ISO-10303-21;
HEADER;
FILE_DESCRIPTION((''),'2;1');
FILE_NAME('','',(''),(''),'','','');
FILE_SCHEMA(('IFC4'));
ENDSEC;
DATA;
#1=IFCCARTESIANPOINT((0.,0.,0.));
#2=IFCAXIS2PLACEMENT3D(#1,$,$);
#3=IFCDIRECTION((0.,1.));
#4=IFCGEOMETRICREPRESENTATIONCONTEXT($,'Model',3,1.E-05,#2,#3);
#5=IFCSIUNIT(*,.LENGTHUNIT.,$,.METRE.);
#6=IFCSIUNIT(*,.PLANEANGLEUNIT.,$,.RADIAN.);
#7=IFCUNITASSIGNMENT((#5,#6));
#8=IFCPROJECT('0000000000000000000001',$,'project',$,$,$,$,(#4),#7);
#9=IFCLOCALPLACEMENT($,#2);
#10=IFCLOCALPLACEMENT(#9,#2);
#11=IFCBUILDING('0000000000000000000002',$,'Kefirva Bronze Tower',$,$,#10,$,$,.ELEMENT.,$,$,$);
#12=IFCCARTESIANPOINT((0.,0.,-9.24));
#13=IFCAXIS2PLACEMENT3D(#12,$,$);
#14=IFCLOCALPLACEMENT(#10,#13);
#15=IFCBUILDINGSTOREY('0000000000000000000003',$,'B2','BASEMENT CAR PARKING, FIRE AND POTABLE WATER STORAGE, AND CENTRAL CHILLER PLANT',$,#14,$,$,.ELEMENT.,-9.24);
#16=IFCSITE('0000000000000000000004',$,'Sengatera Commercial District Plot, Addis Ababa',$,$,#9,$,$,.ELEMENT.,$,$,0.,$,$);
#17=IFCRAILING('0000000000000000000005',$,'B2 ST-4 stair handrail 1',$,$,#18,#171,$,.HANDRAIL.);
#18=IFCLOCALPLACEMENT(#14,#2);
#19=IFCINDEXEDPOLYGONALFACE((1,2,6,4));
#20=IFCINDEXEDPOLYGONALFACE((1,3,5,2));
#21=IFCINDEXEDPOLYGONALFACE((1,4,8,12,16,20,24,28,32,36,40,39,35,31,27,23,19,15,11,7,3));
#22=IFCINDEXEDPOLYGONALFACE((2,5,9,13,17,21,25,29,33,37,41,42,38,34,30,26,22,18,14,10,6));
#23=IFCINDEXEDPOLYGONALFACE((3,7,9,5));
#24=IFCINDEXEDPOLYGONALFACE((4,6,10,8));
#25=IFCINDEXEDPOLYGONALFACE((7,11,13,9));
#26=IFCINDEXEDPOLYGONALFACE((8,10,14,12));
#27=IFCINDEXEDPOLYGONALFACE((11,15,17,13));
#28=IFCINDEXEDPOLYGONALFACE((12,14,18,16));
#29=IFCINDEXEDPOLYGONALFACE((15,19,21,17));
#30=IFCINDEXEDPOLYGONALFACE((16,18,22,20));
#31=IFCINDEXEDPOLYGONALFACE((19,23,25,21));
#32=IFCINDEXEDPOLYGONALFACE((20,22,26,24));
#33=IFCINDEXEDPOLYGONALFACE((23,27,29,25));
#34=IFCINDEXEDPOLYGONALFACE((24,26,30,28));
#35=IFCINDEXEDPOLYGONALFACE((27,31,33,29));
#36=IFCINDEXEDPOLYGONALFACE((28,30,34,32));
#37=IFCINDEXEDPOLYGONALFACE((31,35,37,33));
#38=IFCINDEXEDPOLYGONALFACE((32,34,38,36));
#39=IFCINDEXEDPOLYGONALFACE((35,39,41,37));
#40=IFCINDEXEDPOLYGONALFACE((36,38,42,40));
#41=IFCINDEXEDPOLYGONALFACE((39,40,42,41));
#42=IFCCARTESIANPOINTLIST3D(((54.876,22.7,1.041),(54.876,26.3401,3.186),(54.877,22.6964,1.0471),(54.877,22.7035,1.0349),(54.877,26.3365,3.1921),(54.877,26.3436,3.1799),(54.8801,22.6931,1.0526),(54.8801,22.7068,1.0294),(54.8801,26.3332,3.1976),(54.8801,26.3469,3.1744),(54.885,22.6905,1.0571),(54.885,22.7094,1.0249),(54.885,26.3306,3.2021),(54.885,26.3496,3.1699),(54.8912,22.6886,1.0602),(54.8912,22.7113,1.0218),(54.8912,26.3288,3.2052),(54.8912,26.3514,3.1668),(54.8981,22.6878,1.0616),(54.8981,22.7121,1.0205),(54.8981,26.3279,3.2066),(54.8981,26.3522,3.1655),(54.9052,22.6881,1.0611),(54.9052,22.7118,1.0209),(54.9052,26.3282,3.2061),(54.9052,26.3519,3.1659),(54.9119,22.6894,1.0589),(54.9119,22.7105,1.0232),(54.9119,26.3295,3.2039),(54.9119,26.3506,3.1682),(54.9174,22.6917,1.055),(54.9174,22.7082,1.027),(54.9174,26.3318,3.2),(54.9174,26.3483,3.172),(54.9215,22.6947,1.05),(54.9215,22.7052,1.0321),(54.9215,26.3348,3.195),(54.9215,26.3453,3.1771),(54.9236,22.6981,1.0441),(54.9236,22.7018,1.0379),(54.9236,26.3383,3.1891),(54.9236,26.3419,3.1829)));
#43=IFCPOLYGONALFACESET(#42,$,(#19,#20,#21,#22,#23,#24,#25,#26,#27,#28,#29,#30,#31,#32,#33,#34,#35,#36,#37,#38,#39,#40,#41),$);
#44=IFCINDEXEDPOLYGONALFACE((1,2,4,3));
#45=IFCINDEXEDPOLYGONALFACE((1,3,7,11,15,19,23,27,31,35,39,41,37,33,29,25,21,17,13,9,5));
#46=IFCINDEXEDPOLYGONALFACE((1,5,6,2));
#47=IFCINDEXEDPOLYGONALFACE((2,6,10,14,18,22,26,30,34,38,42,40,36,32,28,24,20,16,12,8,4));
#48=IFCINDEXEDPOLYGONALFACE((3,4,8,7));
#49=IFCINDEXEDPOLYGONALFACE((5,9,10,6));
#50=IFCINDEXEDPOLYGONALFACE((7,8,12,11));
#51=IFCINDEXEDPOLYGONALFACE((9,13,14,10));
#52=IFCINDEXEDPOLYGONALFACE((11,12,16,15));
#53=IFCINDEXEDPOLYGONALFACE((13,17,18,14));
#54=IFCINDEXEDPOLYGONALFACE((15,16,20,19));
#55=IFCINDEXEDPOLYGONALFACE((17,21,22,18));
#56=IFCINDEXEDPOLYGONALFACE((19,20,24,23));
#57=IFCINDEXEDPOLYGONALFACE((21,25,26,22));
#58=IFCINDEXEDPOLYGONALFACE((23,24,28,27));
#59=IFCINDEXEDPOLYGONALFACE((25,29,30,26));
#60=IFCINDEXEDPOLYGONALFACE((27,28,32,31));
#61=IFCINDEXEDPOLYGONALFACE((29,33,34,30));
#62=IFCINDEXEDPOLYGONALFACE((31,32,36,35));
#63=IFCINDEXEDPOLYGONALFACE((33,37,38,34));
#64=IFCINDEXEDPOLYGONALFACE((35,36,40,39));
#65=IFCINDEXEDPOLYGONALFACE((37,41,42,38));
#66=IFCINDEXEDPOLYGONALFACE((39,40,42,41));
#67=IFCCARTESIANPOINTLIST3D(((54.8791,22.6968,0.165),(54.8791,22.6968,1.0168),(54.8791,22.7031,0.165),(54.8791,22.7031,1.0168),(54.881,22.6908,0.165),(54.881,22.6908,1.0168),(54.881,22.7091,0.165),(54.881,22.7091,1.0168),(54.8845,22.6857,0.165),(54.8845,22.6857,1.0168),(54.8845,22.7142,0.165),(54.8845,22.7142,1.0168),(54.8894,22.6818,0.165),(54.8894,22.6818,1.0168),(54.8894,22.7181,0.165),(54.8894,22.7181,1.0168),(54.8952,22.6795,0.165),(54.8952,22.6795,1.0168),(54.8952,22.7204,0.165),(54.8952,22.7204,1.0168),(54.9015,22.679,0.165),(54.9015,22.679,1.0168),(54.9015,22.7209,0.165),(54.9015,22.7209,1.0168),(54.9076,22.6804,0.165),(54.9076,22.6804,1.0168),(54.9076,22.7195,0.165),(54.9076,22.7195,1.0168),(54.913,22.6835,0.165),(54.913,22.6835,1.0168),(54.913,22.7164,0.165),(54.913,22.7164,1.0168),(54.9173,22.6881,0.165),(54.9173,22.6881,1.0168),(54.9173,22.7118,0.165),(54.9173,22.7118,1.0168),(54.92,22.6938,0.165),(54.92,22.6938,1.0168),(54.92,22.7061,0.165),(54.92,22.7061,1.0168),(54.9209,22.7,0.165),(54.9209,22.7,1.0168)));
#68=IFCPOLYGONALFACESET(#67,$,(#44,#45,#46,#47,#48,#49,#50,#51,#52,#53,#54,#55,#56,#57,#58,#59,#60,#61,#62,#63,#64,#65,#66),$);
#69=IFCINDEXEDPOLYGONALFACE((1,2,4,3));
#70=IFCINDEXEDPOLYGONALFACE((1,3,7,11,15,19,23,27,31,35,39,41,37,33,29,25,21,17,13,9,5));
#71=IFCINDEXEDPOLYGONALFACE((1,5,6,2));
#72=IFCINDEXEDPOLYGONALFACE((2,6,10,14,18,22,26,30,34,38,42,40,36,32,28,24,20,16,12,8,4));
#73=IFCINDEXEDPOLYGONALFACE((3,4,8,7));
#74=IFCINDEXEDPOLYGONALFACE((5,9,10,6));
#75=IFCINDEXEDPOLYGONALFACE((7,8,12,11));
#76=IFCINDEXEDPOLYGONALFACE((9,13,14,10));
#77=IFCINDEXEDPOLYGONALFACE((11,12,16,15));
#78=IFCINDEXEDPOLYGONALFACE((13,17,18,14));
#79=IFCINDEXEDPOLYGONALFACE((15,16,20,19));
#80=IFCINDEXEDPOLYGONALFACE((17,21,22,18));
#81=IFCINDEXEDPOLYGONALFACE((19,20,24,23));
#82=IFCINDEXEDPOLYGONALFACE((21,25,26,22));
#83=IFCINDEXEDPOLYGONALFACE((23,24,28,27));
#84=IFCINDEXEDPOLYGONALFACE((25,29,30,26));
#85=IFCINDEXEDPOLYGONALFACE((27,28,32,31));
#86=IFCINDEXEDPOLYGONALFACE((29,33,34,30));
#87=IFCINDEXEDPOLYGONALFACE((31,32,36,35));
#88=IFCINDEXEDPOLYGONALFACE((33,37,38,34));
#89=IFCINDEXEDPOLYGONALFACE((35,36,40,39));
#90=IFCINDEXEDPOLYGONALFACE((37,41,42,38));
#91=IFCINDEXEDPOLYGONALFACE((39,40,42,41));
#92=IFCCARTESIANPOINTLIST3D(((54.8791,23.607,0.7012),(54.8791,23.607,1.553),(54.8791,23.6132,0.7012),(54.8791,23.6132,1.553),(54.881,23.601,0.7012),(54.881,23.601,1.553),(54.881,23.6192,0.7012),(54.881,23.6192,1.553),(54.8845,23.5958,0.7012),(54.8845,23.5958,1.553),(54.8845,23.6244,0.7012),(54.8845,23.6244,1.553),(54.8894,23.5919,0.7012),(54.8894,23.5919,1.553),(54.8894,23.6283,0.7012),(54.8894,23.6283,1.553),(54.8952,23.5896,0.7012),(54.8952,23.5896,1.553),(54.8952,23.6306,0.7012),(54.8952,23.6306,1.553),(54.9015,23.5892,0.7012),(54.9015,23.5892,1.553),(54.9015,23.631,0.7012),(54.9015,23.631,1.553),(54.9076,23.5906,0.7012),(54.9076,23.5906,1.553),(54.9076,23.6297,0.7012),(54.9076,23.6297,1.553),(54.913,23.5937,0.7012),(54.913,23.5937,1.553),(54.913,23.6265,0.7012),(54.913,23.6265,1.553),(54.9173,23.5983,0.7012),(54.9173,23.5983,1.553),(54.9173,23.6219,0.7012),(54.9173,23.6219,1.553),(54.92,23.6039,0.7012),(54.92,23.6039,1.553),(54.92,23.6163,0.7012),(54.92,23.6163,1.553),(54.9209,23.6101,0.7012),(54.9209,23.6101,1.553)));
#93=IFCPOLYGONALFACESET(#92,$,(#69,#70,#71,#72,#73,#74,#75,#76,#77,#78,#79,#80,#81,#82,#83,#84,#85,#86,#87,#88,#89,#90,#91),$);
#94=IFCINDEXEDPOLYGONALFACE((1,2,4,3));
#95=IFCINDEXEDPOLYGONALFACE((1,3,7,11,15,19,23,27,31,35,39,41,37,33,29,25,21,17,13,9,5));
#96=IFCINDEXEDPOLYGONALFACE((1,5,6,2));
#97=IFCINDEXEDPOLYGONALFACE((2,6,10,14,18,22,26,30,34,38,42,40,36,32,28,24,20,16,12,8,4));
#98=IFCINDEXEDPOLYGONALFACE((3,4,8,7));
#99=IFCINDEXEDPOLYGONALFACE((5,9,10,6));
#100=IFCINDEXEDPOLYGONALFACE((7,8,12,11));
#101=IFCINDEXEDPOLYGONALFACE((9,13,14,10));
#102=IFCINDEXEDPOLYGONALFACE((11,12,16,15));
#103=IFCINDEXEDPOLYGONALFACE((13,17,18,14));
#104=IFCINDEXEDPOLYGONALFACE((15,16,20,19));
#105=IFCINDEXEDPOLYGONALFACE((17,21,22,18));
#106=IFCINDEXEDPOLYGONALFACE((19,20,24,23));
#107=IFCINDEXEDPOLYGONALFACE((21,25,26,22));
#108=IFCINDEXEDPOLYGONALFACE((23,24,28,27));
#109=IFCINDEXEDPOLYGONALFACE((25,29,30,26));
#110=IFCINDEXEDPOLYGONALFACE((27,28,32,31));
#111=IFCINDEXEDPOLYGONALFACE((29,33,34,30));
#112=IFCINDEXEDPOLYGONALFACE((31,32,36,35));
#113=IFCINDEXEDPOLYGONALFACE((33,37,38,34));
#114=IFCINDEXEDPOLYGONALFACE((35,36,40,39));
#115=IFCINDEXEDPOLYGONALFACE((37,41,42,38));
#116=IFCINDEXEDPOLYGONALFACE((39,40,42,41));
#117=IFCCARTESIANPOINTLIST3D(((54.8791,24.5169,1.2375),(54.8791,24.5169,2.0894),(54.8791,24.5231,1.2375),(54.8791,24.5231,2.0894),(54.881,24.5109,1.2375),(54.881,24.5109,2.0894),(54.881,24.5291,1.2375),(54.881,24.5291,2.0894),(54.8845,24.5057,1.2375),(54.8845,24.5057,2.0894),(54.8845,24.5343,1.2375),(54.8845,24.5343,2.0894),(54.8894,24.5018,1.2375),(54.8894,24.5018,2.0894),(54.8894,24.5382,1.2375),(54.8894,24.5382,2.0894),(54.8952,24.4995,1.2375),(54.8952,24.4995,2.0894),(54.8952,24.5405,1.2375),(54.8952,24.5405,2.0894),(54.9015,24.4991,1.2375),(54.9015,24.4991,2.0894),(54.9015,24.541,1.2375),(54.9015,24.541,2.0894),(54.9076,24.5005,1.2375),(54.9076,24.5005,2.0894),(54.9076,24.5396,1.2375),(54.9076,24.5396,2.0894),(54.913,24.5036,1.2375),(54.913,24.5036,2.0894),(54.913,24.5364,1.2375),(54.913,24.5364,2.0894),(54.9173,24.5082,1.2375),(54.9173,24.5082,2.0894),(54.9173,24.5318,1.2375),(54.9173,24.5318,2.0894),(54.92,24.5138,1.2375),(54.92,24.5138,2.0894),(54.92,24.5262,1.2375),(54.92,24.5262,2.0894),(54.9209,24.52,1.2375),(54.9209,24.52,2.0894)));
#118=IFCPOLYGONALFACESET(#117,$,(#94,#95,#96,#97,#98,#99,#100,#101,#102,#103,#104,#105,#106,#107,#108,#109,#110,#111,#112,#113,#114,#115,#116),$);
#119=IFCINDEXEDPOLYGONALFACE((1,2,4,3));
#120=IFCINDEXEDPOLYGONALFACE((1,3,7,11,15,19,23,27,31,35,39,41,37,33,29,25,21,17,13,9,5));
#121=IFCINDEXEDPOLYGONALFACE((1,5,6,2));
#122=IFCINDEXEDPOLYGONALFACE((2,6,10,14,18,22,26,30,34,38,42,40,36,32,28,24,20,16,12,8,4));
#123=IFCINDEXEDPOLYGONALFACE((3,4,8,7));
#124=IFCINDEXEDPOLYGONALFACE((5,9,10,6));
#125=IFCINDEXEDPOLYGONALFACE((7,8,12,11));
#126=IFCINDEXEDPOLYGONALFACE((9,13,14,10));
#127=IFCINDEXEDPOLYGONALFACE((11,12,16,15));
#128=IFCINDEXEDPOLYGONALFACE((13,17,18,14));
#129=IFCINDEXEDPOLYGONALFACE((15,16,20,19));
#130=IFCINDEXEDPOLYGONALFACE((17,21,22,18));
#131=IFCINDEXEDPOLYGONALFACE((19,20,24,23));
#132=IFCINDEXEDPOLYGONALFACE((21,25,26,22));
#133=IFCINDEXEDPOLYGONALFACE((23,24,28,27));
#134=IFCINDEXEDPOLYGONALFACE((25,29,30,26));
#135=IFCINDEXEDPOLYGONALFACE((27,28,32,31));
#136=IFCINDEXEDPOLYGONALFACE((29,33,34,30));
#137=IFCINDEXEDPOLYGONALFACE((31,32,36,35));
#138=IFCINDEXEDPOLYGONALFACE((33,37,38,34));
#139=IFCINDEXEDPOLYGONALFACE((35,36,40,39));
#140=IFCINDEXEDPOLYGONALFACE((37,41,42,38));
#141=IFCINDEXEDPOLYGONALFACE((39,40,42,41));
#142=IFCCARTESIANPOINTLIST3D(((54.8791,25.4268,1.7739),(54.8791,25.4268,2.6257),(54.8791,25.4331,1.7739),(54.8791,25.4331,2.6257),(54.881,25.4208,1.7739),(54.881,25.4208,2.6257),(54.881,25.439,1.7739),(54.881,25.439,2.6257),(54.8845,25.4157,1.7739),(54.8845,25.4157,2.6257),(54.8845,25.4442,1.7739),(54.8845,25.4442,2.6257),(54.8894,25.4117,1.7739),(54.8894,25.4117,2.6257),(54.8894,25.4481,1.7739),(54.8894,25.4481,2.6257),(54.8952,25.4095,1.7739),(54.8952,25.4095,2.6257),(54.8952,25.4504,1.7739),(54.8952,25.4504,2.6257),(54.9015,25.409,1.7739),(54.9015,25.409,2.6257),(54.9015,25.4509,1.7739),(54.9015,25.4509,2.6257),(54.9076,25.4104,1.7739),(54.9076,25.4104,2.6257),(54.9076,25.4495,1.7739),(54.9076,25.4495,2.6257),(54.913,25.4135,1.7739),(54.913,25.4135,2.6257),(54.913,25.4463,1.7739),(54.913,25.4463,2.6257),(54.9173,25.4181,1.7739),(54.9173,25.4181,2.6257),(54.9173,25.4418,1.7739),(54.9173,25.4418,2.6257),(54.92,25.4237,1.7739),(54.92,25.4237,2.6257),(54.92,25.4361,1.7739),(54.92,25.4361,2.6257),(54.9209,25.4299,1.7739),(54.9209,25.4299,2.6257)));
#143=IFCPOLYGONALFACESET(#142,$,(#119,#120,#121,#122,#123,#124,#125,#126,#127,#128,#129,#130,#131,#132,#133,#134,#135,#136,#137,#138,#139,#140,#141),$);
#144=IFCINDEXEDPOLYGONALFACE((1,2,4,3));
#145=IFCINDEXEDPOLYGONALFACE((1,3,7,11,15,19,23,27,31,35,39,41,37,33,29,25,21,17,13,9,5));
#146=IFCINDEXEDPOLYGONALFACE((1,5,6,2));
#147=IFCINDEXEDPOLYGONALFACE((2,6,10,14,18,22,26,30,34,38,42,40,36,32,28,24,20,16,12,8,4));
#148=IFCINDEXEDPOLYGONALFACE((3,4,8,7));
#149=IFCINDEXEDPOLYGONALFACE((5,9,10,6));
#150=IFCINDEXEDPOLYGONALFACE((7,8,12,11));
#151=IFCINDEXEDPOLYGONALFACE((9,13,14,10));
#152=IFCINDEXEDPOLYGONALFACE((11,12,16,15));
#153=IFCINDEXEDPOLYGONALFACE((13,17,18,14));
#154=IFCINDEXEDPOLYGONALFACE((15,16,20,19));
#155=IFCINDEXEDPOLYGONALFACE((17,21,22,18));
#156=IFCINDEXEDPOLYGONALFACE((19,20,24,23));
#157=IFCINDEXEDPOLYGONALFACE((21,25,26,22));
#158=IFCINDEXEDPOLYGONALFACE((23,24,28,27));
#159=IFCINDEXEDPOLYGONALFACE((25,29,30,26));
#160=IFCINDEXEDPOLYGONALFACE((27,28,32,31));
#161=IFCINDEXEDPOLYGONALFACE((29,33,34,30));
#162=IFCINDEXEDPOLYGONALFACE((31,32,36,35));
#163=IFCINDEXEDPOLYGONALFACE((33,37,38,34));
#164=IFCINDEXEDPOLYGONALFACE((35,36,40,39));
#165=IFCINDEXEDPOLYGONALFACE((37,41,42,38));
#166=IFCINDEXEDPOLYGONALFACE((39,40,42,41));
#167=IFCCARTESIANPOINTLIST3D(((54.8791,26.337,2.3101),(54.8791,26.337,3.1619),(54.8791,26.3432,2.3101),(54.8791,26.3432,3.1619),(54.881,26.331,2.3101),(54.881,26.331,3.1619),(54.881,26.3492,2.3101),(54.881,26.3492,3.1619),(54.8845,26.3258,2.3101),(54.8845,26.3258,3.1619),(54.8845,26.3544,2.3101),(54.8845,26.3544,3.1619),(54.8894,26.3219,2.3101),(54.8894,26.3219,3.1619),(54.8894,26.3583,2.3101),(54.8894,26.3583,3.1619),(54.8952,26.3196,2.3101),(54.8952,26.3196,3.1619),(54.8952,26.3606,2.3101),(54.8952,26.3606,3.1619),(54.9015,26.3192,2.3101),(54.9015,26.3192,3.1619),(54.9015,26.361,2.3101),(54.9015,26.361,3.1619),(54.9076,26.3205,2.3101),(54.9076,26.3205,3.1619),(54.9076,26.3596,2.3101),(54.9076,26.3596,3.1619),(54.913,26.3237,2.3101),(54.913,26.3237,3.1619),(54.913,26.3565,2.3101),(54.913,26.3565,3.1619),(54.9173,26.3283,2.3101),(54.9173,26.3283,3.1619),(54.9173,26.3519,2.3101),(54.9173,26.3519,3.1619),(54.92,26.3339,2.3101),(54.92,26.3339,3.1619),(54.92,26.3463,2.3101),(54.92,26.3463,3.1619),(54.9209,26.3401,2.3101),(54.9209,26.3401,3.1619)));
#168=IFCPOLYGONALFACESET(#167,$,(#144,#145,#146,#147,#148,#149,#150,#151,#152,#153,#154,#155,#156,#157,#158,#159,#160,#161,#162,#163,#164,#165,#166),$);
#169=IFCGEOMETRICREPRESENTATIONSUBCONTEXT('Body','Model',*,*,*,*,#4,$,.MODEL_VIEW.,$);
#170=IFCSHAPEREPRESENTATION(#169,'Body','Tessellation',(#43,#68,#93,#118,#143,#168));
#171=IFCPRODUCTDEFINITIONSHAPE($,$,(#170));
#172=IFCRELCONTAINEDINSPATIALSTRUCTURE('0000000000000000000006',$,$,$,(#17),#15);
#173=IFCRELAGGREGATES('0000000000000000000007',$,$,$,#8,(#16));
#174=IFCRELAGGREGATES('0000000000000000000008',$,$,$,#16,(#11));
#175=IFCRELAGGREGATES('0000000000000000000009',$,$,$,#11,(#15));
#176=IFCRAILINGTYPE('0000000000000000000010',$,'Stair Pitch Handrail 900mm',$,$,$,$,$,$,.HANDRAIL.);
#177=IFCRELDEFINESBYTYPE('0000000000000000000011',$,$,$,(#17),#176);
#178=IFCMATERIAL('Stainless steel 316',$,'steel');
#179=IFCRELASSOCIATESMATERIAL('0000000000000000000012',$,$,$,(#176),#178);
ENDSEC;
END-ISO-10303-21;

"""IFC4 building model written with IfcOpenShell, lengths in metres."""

from ifc_helpers import new_model, si_unit, direction, frame, origin, origin_2d, place, context, subcontext, project, spatial, circle, extrude, material, type_object, element, save


model = new_model("IFC4")

# Units and contexts
model_context = context("Model", 3, precision=1e-05, world=origin(), true_north=direction((0.0, 1.0)))
body_context = subcontext(model_context, "Body", "Model", "MODEL_VIEW")
ifc_project = project(units=[si_unit("LENGTHUNIT", "METRE"), si_unit("PLANEANGLEUNIT", "RADIAN")], contexts=[model_context])

# Site, building, storey
site_placement = place(None, origin())
site = spatial("IfcSite", under=ifc_project, at=site_placement, Name="Sengatera Commercial District Plot, Addis Ababa", CompositionType="ELEMENT", RefElevation=0.0)
building_placement = place(site_placement, origin())
building = spatial("IfcBuilding", under=site, at=building_placement, Name="Kefirva Bronze Tower", CompositionType="ELEMENT")
storey_placement = place(building_placement, frame((0.0, 0.0, -9.24)))
storey = spatial("IfcBuildingStorey", under=building, at=storey_placement, Name="B2", Description="BASEMENT CAR PARKING, FIRE AND POTABLE WATER STORAGE, AND CENTRAL CHILLER PLANT", CompositionType="ELEMENT", Elevation=-9.24)

# Railing
ifc_material_1 = material(Name="Stainless steel 316", Category="steel")
railing_type_1 = type_object("IfcRailingType", Name="Stair Pitch Handrail 900mm", PredefinedType="HANDRAIL", material=ifc_material_1)
railing_1_placement = place(storey_placement, frame((54.8999, 22.7, 0.165)))
element("IfcRailing", 1, at=railing_1_placement, inside=storey, type_object=railing_type_1, Name="B2 ST-4 stair handrail 1", PredefinedType="HANDRAIL", context=body_context, shape_type="SweptSolid", body=[
    extrude(circle(Radius=0.0239, at=origin_2d()), frame((0.0, 0.0, 0.876), z_axis=(0.0, 0.861545, 0.507682), x_axis=(-1.0, 0.0, 0.0)), (0.0, 0.0, 1.0), 4.2251),
    extrude(circle(Radius=0.021, at=origin_2d()), origin(), (0.0, 0.0, 1.0), 0.8518),
    extrude(circle(Radius=0.021, at=origin_2d()), frame((0.0, 0.9102, 0.5361)), (0.0, 0.0, 1.0), 0.8518),
    extrude(circle(Radius=0.021, at=origin_2d()), frame((0.0, 1.8201, 1.0725)), (0.0, 0.0, 1.0), 0.8518),
    extrude(circle(Radius=0.021, at=origin_2d()), frame((0.0, 2.73, 1.6089)), (0.0, 0.0, 1.0), 0.8518),
    extrude(circle(Radius=0.021, at=origin_2d()), frame((0.0, 3.6401, 2.145)), (0.0, 0.0, 1.0), 0.8518),
])

save(model, "model.ifc")
